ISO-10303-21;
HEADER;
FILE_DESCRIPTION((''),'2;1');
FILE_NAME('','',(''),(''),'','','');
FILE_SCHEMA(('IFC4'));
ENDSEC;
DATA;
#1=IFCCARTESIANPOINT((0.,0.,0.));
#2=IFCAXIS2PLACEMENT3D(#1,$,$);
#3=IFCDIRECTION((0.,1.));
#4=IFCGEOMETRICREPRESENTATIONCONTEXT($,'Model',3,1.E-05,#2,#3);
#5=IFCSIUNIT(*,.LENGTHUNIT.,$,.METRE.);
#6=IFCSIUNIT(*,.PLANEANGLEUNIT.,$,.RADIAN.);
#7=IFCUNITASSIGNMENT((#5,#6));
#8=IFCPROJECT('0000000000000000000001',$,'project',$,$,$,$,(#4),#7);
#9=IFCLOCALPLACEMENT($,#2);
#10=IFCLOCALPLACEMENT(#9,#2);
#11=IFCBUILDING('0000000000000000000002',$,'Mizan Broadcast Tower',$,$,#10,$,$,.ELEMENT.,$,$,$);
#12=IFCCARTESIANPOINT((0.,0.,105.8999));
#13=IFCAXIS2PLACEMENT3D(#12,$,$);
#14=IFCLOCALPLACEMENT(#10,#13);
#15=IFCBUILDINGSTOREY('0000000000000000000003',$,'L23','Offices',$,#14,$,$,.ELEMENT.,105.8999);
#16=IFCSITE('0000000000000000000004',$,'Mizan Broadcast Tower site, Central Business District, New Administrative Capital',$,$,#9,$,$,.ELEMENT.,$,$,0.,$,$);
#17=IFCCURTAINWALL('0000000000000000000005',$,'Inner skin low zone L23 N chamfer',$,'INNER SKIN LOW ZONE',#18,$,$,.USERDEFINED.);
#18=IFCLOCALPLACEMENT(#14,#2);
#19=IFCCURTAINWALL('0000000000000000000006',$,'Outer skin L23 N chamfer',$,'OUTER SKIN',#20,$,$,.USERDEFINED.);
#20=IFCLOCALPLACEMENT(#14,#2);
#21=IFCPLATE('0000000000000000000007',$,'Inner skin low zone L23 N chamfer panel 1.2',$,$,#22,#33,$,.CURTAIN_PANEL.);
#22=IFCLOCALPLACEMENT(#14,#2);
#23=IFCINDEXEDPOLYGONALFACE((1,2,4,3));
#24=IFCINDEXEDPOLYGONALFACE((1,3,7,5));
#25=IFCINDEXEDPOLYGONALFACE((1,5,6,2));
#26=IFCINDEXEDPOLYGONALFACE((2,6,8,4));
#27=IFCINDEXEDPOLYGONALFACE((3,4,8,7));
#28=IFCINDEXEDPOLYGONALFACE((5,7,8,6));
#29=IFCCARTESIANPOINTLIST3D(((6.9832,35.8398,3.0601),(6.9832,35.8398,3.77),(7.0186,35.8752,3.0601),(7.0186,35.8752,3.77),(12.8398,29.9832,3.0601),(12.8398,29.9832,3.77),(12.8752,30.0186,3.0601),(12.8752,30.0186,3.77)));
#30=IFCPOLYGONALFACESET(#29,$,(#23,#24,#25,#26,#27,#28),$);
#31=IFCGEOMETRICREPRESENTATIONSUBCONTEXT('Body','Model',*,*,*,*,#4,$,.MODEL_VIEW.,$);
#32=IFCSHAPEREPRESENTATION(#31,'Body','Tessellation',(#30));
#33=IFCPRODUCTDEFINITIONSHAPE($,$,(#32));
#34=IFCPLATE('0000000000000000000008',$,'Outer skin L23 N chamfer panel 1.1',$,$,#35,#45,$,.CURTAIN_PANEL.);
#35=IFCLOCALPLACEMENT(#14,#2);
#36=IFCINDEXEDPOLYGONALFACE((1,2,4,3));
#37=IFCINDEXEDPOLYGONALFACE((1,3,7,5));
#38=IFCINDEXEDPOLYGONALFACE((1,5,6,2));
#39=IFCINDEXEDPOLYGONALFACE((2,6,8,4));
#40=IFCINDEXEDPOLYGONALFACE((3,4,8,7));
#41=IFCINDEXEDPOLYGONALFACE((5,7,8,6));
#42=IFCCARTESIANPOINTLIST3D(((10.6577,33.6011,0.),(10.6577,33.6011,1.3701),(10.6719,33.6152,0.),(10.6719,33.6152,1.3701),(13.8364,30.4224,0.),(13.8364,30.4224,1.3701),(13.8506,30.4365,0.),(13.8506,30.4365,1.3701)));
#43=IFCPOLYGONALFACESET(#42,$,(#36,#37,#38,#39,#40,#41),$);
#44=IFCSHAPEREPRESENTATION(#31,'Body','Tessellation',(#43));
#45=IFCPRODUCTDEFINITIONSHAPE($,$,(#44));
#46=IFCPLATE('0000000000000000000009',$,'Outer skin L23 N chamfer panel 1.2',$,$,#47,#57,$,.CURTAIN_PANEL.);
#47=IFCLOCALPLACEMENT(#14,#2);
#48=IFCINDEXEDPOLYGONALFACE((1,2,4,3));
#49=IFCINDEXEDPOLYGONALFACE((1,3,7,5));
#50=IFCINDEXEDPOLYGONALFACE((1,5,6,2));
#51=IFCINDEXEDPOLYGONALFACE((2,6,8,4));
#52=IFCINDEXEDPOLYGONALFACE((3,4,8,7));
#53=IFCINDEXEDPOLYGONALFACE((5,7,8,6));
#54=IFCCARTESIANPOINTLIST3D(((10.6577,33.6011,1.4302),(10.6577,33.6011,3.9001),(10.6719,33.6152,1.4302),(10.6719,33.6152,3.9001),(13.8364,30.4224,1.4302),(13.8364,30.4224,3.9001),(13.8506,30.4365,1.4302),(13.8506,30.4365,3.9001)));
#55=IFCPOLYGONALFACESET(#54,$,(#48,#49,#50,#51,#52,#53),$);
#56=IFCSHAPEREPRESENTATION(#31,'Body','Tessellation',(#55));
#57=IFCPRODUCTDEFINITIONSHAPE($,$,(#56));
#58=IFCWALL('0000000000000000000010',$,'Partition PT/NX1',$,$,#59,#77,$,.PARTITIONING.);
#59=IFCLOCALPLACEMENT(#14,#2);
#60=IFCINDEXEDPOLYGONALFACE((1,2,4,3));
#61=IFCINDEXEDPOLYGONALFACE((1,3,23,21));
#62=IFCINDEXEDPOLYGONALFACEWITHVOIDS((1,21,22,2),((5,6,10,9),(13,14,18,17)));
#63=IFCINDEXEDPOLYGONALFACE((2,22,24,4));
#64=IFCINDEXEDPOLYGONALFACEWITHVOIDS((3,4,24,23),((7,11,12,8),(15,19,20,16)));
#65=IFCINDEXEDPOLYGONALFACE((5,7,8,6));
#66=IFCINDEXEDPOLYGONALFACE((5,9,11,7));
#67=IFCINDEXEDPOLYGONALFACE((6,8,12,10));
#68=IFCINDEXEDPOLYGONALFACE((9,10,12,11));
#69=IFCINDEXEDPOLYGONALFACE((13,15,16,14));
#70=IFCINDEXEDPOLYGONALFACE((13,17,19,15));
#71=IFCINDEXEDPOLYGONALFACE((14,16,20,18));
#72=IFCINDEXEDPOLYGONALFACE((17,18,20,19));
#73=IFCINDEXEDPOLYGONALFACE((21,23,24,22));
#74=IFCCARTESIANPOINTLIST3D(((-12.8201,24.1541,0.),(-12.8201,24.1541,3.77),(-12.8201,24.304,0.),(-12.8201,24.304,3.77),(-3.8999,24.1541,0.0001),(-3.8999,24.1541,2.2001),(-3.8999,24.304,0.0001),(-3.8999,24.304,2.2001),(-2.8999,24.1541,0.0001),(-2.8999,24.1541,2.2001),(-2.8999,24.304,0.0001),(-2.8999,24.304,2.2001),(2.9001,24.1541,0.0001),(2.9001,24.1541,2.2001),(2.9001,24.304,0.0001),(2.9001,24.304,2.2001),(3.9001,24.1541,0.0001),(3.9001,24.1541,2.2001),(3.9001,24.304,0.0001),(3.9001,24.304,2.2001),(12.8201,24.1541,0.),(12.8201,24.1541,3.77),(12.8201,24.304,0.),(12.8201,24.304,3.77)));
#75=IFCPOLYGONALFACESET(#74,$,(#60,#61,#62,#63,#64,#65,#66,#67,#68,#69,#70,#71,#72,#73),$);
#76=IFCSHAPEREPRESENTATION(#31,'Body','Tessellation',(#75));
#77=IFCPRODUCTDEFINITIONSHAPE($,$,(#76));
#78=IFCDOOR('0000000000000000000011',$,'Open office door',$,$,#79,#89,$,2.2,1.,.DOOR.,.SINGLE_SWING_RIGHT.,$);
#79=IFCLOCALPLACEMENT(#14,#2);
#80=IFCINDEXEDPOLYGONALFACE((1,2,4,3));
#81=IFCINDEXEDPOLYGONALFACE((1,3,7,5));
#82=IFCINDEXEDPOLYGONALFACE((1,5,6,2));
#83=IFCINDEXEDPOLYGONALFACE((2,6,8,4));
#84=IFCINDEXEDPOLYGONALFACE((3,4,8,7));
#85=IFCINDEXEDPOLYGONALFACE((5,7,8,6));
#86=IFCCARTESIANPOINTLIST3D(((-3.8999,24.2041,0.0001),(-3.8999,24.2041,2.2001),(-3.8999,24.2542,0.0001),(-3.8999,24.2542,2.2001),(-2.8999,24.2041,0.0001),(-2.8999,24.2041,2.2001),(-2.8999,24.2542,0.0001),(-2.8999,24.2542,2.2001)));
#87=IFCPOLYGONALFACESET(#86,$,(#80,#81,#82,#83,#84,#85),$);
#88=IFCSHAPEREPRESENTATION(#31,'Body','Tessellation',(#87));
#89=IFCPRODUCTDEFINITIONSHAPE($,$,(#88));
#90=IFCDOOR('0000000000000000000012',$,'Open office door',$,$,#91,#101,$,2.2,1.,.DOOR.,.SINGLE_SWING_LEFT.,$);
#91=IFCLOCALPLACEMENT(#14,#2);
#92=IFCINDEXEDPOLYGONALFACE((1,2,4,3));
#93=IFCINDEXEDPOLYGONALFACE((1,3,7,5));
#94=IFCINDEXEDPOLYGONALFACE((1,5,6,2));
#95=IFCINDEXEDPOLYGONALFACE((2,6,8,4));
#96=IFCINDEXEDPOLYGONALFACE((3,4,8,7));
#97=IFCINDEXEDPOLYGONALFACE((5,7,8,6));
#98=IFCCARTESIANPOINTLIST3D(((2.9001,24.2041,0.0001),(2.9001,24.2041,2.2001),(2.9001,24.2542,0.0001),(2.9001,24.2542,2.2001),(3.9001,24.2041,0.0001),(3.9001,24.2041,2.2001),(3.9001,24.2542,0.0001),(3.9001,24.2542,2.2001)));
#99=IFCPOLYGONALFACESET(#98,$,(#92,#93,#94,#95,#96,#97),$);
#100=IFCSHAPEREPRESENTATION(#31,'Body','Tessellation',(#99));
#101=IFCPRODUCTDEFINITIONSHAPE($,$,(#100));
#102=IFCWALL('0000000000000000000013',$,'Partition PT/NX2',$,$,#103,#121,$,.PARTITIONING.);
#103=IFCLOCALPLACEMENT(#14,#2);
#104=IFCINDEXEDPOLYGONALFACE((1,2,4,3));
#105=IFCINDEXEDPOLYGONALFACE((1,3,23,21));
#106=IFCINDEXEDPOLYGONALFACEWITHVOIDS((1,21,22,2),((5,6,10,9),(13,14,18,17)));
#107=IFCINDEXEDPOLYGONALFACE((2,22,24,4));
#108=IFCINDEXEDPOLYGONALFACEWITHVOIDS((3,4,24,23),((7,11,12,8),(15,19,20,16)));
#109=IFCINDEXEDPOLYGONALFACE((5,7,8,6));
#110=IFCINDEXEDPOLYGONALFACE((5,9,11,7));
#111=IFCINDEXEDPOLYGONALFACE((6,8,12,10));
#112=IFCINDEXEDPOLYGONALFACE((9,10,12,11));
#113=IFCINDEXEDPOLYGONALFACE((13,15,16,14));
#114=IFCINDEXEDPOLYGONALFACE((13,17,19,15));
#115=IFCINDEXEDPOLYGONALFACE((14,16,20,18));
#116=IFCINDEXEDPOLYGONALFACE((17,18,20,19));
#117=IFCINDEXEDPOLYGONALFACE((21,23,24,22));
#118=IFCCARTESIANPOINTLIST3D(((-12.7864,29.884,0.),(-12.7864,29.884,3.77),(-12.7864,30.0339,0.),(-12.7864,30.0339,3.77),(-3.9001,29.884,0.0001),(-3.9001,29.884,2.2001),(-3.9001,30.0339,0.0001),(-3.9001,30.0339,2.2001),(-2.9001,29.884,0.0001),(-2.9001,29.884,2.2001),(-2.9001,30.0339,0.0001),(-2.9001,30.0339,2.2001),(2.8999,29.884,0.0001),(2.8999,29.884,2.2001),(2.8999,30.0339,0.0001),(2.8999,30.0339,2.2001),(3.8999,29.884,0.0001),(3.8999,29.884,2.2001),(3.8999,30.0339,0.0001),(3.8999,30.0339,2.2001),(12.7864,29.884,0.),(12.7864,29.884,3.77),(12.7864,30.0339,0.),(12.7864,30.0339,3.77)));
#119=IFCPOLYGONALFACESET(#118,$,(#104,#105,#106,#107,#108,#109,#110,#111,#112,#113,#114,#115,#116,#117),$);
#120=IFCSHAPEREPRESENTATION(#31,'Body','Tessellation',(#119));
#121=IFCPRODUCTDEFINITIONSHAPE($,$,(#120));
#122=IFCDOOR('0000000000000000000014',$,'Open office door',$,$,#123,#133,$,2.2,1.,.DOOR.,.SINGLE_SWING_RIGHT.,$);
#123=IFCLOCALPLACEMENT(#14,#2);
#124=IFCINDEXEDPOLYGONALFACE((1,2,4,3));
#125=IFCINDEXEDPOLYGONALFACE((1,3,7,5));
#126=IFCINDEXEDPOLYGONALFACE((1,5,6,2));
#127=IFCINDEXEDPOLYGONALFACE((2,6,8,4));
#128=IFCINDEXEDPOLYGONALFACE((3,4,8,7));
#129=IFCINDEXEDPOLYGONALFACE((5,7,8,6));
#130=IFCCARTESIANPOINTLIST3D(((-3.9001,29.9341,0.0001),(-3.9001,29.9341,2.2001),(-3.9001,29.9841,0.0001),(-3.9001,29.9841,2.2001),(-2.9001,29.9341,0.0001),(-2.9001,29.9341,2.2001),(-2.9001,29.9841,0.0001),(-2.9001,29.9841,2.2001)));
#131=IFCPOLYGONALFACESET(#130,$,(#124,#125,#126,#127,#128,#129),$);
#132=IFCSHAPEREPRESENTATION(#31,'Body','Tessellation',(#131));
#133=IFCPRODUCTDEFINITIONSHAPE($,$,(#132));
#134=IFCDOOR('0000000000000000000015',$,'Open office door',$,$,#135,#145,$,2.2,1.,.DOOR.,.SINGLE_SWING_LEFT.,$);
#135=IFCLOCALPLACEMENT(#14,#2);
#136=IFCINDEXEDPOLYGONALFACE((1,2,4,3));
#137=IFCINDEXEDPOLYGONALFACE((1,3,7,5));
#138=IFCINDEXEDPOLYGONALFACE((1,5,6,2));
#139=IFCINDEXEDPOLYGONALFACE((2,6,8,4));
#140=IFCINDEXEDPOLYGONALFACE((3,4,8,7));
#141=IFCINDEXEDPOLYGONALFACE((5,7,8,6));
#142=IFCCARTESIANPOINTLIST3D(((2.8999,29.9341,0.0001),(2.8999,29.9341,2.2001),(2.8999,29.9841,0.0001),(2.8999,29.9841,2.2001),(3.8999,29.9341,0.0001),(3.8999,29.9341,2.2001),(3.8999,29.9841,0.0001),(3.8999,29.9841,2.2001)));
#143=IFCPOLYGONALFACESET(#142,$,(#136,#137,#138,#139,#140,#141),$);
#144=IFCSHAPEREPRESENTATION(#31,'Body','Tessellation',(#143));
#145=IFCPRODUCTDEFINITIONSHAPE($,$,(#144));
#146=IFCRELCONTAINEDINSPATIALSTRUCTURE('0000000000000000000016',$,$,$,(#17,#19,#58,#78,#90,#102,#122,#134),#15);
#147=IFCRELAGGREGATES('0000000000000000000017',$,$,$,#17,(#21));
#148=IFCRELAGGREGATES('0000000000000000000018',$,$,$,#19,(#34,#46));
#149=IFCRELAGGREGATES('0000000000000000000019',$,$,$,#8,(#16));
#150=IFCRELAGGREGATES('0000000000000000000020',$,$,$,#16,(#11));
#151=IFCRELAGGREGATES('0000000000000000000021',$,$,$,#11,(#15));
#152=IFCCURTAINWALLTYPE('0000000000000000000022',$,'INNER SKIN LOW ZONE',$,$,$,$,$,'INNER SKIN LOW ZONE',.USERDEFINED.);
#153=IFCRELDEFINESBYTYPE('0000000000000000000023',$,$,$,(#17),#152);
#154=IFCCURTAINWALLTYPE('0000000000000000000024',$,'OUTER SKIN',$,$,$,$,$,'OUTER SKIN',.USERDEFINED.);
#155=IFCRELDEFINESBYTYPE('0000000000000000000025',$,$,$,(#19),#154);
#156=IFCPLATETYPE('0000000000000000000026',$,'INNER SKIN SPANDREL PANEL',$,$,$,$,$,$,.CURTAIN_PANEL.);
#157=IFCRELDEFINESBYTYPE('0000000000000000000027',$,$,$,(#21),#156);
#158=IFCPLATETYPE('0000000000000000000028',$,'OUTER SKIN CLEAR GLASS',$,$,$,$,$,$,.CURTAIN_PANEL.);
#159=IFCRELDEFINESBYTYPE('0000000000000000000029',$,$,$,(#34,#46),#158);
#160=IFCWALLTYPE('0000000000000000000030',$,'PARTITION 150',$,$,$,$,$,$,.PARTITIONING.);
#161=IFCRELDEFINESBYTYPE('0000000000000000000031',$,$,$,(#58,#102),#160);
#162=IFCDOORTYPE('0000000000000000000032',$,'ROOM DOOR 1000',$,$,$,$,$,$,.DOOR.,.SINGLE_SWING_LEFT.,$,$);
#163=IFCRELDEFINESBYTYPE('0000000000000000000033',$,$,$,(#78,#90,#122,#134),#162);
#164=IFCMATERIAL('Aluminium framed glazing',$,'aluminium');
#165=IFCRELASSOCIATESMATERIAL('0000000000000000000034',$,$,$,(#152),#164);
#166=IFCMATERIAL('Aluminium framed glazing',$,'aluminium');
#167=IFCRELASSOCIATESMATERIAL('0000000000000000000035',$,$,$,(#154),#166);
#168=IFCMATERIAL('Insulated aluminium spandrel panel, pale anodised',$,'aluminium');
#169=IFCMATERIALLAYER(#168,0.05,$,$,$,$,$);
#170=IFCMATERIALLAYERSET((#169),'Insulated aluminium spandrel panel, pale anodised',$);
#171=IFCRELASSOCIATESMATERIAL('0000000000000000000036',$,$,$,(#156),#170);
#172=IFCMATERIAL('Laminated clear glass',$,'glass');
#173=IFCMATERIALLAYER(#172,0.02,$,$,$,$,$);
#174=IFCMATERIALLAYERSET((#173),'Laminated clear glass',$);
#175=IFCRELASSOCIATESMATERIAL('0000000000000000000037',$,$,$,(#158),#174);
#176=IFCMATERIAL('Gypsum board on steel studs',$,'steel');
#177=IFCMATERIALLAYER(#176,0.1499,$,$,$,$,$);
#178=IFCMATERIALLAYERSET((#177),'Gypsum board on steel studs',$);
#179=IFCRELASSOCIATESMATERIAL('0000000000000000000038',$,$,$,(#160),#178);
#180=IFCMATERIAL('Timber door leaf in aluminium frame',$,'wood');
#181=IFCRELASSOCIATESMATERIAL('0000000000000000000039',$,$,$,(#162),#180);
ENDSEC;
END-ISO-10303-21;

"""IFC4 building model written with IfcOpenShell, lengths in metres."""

from ifc_helpers import new_model, si_unit, direction, frame, frame_2d, origin, origin_2d, place, context, subcontext, project, spatial, rectangle, extrude, material, layer, layer_set, type_object, element, fill, aggregate, save


model = new_model("IFC4")

# Units and contexts
model_context = context("Model", 3, precision=1e-05, world=origin(), true_north=direction((0.0, 1.0)))
body_context = subcontext(model_context, "Body", "Model", "MODEL_VIEW")
ifc_project = project(units=[si_unit("LENGTHUNIT", "METRE"), si_unit("PLANEANGLEUNIT", "RADIAN")], contexts=[model_context])

# Site, building, storey
site_placement = place(None, origin())
site = spatial("IfcSite", under=ifc_project, at=site_placement, Name="Mizan Broadcast Tower site, Central Business District, New Administrative Capital", CompositionType="ELEMENT", RefElevation=0.0)
building_placement = place(site_placement, origin())
building = spatial("IfcBuilding", under=site, at=building_placement, Name="Mizan Broadcast Tower", CompositionType="ELEMENT")
storey_placement = place(building_placement, frame((0.0, 0.0, 105.8999)))
storey = spatial("IfcBuildingStorey", under=building, at=storey_placement, Name="L23", Description="Offices", CompositionType="ELEMENT", Elevation=105.8999)

# Shared definitions
ifc_material_1 = material(Name="Aluminium framed glazing", Category="aluminium")
curtain_wall_type_1 = type_object("IfcCurtainWallType", Name="INNER SKIN LOW ZONE", ElementType="INNER SKIN LOW ZONE", PredefinedType="USERDEFINED", material=ifc_material_1)

# Curtain wall
curtain_wall_1_placement = place(storey_placement, origin())
curtain_wall_1 = element("IfcCurtainWall", 1, at=curtain_wall_1_placement, inside=storey, type_object=curtain_wall_type_1, Name="Inner skin low zone L23 N chamfer", ObjectType="INNER SKIN LOW ZONE", PredefinedType="USERDEFINED")

# Curtain wall
ifc_material_2 = material(Name="Aluminium framed glazing", Category="aluminium")
curtain_wall_type_2 = type_object("IfcCurtainWallType", Name="OUTER SKIN", ElementType="OUTER SKIN", PredefinedType="USERDEFINED", material=ifc_material_2)
curtain_wall_2_placement = place(storey_placement, origin())
curtain_wall_2 = element("IfcCurtainWall", 2, at=curtain_wall_2_placement, inside=storey, type_object=curtain_wall_type_2, Name="Outer skin L23 N chamfer", ObjectType="OUTER SKIN", PredefinedType="USERDEFINED")

# Plates
ifc_material_3 = material(Name="Insulated aluminium spandrel panel, pale anodised", Category="aluminium")
ifc_layer_1 = layer(ifc_material_3, 0.05)
ifc_layer_set_1 = layer_set([ifc_layer_1], Name="Insulated aluminium spandrel panel, pale anodised")
plate_type_1 = type_object("IfcPlateType", Name="INNER SKIN SPANDREL PANEL", PredefinedType="CURTAIN_PANEL", material=ifc_layer_set_1)
plate_1_placement = place(storey_placement, frame((9.9292, 32.9292, 3.0601), z_axis=(0.0, 0.0, 1.0), x_axis=(-0.707107, 0.707107, 0.0)))
plate_1 = element("IfcPlate", 3, at=plate_1_placement, type_object=plate_type_1, Name="Inner skin low zone L23 N chamfer panel 1.2", PredefinedType="CURTAIN_PANEL", context=body_context, shape_type="SweptSolid", body=[
    extrude(rectangle(XDim=8.2825, YDim=0.05, at=origin_2d()), origin(), (0.0, 0.0, 1.0), 0.71),
])
aggregate(curtain_wall_1, [plate_1])
ifc_material_4 = material(Name="Laminated clear glass", Category="glass")
ifc_layer_2 = layer(ifc_material_4, 0.02)
ifc_layer_set_2 = layer_set([ifc_layer_2], Name="Laminated clear glass")
plate_type_2 = type_object("IfcPlateType", Name="OUTER SKIN CLEAR GLASS", PredefinedType="CURTAIN_PANEL", material=ifc_layer_set_2)
plate_2_placement = place(storey_placement, frame((12.2542, 32.0188, 0.0), z_axis=(0.0, 0.0, 1.0), x_axis=(-0.707107, 0.707107, 0.0)))
plate_2 = element("IfcPlate", 4, at=plate_2_placement, type_object=plate_type_2, Name="Outer skin L23 N chamfer panel 1.1", PredefinedType="CURTAIN_PANEL", context=body_context, shape_type="SweptSolid", body=[
    extrude(rectangle(XDim=4.4954, YDim=0.02, at=origin_2d()), origin(), (0.0, 0.0, 1.0), 1.3701),
])
plate_3_placement = place(storey_placement, frame((12.2542, 32.0188, 1.4302), z_axis=(0.0, 0.0, 1.0), x_axis=(-0.707107, 0.707107, 0.0)))
plate_3 = element("IfcPlate", 5, at=plate_3_placement, type_object=plate_type_2, Name="Outer skin L23 N chamfer panel 1.2", PredefinedType="CURTAIN_PANEL", context=body_context, shape_type="SweptSolid", body=[
    extrude(rectangle(XDim=4.4954, YDim=0.02, at=origin_2d()), origin(), (0.0, 0.0, 1.0), 2.47),
])
aggregate(curtain_wall_2, [plate_2, plate_3])

# Walls, openings, doors
ifc_material_5 = material(Name="Gypsum board on steel studs", Category="steel")
ifc_layer_3 = layer(ifc_material_5, 0.1499)
ifc_layer_set_3 = layer_set([ifc_layer_3], Name="Gypsum board on steel studs")
wall_type = type_object("IfcWallType", Name="PARTITION 150", PredefinedType="PARTITIONING", material=ifc_layer_set_3)
wall_1_placement = place(storey_placement, frame((12.8201, 24.229, 0.0), z_axis=(0.0, 0.0, 1.0), x_axis=(-1.0, 0.0, 0.0)))
wall_1 = element("IfcWall", 6, at=wall_1_placement, inside=storey, type_object=wall_type, Name="Partition PT/NX1", PredefinedType="PARTITIONING", context=body_context, shape_type="SweptSolid", body=[
    extrude(rectangle(XDim=25.6401, YDim=0.1499, at=frame_2d((12.8201, 0.0))), origin(), (0.0, 0.0, 1.0), 3.77),
])
opening_1_placement = place(wall_1_placement, frame((15.72, 0.0, 0.0)))
opening_1 = element("IfcOpeningElement", 7, at=opening_1_placement, cuts=wall_1, PredefinedType="OPENING", context=body_context, shape_type="SweptSolid", body=[
    extrude(rectangle(XDim=1.0, YDim=2.2, at=frame_2d((0.5, 1.1001))), frame((0.0, 0.085, 0.0), z_axis=(0.0, -1.0, 0.0), x_axis=(1.0, 0.0, 0.0)), (0.0, 0.0, 1.0), 0.1699),
])
opening_2_placement = place(wall_1_placement, frame((8.9199, 0.0, 0.0)))
opening_2 = element("IfcOpeningElement", 8, at=opening_2_placement, cuts=wall_1, PredefinedType="OPENING", context=body_context, shape_type="SweptSolid", body=[
    extrude(rectangle(XDim=1.0, YDim=2.2, at=frame_2d((0.5, 1.1001))), frame((0.0, 0.085, 0.0), z_axis=(0.0, -1.0, 0.0), x_axis=(1.0, 0.0, 0.0)), (0.0, 0.0, 1.0), 0.1699),
])
ifc_material_6 = material(Name="Timber door leaf in aluminium frame", Category="wood")
door_type = type_object("IfcDoorType", Name="ROOM DOOR 1000", OperationType="SINGLE_SWING_LEFT", PredefinedType="DOOR", material=ifc_material_6)
door_1_placement = place(opening_1_placement, origin())
door_1 = element("IfcDoor", 9, at=door_1_placement, inside=storey, type_object=door_type, Name="Open office door", OperationType="SINGLE_SWING_RIGHT", OverallHeight=2.2, OverallWidth=1.0, PredefinedType="DOOR", context=body_context, shape_type="SweptSolid", body=[
    extrude(rectangle(XDim=1.0, YDim=2.2, at=frame_2d((0.5, 1.1001))), frame((0.0, 0.0249, 0.0), z_axis=(0.0, -1.0, 0.0), x_axis=(1.0, 0.0, 0.0)), (0.0, 0.0, 1.0), 0.05),
])
fill(opening_1, door_1)
door_2_placement = place(opening_2_placement, origin())
door_2 = element("IfcDoor", 10, at=door_2_placement, inside=storey, type_object=door_type, Name="Open office door", OperationType="SINGLE_SWING_LEFT", OverallHeight=2.2, OverallWidth=1.0, PredefinedType="DOOR", context=body_context, shape_type="SweptSolid", body=[
    extrude(rectangle(XDim=1.0, YDim=2.2, at=frame_2d((0.5, 1.1001))), frame((0.0, 0.0249, 0.0), z_axis=(0.0, -1.0, 0.0), x_axis=(1.0, 0.0, 0.0)), (0.0, 0.0, 1.0), 0.05),
])
fill(opening_2, door_2)
wall_2_placement = place(storey_placement, frame((12.7864, 29.959, 0.0), z_axis=(0.0, 0.0, 1.0), x_axis=(-1.0, 0.0, 0.0)))
wall_2 = element("IfcWall", 11, at=wall_2_placement, inside=storey, type_object=wall_type, Name="Partition PT/NX2", PredefinedType="PARTITIONING", context=body_context, shape_type="SweptSolid", body=[
    extrude(rectangle(XDim=25.5728, YDim=0.1499, at=frame_2d((12.7864, 0.0))), origin(), (0.0, 0.0, 1.0), 3.77),
])
opening_3_placement = place(wall_2_placement, frame((15.6865, 0.0, 0.0)))
opening_3 = element("IfcOpeningElement", 12, at=opening_3_placement, cuts=wall_2, PredefinedType="OPENING", context=body_context, shape_type="SweptSolid", body=[
    extrude(rectangle(XDim=1.0, YDim=2.2, at=frame_2d((0.5, 1.1001))), frame((0.0, 0.085, 0.0), z_axis=(0.0, -1.0, 0.0), x_axis=(1.0, 0.0, 0.0)), (0.0, 0.0, 1.0), 0.1699),
])
opening_4_placement = place(wall_2_placement, frame((8.8865, 0.0, 0.0)))
opening_4 = element("IfcOpeningElement", 13, at=opening_4_placement, cuts=wall_2, PredefinedType="OPENING", context=body_context, shape_type="SweptSolid", body=[
    extrude(rectangle(XDim=1.0, YDim=2.2, at=frame_2d((0.5, 1.1001))), frame((0.0, 0.085, 0.0), z_axis=(0.0, -1.0, 0.0), x_axis=(1.0, 0.0, 0.0)), (0.0, 0.0, 1.0), 0.1699),
])
door_3_placement = place(opening_3_placement, origin())
door_3 = element("IfcDoor", 14, at=door_3_placement, inside=storey, type_object=door_type, Name="Open office door", OperationType="SINGLE_SWING_RIGHT", OverallHeight=2.2, OverallWidth=1.0, PredefinedType="DOOR", context=body_context, shape_type="SweptSolid", body=[
    extrude(rectangle(XDim=1.0, YDim=2.2, at=frame_2d((0.5, 1.1001))), frame((0.0, 0.0249, 0.0), z_axis=(0.0, -1.0, 0.0), x_axis=(1.0, 0.0, 0.0)), (0.0, 0.0, 1.0), 0.05),
])
fill(opening_3, door_3)
door_4_placement = place(opening_4_placement, origin())
door_4 = element("IfcDoor", 15, at=door_4_placement, inside=storey, type_object=door_type, Name="Open office door", OperationType="SINGLE_SWING_LEFT", OverallHeight=2.2, OverallWidth=1.0, PredefinedType="DOOR", context=body_context, shape_type="SweptSolid", body=[
    extrude(rectangle(XDim=1.0, YDim=2.2, at=frame_2d((0.5, 1.1001))), frame((0.0, 0.0249, 0.0), z_axis=(0.0, -1.0, 0.0), x_axis=(1.0, 0.0, 0.0)), (0.0, 0.0, 1.0), 0.05),
])
fill(opening_4, door_4)

save(model, "model.ifc")
